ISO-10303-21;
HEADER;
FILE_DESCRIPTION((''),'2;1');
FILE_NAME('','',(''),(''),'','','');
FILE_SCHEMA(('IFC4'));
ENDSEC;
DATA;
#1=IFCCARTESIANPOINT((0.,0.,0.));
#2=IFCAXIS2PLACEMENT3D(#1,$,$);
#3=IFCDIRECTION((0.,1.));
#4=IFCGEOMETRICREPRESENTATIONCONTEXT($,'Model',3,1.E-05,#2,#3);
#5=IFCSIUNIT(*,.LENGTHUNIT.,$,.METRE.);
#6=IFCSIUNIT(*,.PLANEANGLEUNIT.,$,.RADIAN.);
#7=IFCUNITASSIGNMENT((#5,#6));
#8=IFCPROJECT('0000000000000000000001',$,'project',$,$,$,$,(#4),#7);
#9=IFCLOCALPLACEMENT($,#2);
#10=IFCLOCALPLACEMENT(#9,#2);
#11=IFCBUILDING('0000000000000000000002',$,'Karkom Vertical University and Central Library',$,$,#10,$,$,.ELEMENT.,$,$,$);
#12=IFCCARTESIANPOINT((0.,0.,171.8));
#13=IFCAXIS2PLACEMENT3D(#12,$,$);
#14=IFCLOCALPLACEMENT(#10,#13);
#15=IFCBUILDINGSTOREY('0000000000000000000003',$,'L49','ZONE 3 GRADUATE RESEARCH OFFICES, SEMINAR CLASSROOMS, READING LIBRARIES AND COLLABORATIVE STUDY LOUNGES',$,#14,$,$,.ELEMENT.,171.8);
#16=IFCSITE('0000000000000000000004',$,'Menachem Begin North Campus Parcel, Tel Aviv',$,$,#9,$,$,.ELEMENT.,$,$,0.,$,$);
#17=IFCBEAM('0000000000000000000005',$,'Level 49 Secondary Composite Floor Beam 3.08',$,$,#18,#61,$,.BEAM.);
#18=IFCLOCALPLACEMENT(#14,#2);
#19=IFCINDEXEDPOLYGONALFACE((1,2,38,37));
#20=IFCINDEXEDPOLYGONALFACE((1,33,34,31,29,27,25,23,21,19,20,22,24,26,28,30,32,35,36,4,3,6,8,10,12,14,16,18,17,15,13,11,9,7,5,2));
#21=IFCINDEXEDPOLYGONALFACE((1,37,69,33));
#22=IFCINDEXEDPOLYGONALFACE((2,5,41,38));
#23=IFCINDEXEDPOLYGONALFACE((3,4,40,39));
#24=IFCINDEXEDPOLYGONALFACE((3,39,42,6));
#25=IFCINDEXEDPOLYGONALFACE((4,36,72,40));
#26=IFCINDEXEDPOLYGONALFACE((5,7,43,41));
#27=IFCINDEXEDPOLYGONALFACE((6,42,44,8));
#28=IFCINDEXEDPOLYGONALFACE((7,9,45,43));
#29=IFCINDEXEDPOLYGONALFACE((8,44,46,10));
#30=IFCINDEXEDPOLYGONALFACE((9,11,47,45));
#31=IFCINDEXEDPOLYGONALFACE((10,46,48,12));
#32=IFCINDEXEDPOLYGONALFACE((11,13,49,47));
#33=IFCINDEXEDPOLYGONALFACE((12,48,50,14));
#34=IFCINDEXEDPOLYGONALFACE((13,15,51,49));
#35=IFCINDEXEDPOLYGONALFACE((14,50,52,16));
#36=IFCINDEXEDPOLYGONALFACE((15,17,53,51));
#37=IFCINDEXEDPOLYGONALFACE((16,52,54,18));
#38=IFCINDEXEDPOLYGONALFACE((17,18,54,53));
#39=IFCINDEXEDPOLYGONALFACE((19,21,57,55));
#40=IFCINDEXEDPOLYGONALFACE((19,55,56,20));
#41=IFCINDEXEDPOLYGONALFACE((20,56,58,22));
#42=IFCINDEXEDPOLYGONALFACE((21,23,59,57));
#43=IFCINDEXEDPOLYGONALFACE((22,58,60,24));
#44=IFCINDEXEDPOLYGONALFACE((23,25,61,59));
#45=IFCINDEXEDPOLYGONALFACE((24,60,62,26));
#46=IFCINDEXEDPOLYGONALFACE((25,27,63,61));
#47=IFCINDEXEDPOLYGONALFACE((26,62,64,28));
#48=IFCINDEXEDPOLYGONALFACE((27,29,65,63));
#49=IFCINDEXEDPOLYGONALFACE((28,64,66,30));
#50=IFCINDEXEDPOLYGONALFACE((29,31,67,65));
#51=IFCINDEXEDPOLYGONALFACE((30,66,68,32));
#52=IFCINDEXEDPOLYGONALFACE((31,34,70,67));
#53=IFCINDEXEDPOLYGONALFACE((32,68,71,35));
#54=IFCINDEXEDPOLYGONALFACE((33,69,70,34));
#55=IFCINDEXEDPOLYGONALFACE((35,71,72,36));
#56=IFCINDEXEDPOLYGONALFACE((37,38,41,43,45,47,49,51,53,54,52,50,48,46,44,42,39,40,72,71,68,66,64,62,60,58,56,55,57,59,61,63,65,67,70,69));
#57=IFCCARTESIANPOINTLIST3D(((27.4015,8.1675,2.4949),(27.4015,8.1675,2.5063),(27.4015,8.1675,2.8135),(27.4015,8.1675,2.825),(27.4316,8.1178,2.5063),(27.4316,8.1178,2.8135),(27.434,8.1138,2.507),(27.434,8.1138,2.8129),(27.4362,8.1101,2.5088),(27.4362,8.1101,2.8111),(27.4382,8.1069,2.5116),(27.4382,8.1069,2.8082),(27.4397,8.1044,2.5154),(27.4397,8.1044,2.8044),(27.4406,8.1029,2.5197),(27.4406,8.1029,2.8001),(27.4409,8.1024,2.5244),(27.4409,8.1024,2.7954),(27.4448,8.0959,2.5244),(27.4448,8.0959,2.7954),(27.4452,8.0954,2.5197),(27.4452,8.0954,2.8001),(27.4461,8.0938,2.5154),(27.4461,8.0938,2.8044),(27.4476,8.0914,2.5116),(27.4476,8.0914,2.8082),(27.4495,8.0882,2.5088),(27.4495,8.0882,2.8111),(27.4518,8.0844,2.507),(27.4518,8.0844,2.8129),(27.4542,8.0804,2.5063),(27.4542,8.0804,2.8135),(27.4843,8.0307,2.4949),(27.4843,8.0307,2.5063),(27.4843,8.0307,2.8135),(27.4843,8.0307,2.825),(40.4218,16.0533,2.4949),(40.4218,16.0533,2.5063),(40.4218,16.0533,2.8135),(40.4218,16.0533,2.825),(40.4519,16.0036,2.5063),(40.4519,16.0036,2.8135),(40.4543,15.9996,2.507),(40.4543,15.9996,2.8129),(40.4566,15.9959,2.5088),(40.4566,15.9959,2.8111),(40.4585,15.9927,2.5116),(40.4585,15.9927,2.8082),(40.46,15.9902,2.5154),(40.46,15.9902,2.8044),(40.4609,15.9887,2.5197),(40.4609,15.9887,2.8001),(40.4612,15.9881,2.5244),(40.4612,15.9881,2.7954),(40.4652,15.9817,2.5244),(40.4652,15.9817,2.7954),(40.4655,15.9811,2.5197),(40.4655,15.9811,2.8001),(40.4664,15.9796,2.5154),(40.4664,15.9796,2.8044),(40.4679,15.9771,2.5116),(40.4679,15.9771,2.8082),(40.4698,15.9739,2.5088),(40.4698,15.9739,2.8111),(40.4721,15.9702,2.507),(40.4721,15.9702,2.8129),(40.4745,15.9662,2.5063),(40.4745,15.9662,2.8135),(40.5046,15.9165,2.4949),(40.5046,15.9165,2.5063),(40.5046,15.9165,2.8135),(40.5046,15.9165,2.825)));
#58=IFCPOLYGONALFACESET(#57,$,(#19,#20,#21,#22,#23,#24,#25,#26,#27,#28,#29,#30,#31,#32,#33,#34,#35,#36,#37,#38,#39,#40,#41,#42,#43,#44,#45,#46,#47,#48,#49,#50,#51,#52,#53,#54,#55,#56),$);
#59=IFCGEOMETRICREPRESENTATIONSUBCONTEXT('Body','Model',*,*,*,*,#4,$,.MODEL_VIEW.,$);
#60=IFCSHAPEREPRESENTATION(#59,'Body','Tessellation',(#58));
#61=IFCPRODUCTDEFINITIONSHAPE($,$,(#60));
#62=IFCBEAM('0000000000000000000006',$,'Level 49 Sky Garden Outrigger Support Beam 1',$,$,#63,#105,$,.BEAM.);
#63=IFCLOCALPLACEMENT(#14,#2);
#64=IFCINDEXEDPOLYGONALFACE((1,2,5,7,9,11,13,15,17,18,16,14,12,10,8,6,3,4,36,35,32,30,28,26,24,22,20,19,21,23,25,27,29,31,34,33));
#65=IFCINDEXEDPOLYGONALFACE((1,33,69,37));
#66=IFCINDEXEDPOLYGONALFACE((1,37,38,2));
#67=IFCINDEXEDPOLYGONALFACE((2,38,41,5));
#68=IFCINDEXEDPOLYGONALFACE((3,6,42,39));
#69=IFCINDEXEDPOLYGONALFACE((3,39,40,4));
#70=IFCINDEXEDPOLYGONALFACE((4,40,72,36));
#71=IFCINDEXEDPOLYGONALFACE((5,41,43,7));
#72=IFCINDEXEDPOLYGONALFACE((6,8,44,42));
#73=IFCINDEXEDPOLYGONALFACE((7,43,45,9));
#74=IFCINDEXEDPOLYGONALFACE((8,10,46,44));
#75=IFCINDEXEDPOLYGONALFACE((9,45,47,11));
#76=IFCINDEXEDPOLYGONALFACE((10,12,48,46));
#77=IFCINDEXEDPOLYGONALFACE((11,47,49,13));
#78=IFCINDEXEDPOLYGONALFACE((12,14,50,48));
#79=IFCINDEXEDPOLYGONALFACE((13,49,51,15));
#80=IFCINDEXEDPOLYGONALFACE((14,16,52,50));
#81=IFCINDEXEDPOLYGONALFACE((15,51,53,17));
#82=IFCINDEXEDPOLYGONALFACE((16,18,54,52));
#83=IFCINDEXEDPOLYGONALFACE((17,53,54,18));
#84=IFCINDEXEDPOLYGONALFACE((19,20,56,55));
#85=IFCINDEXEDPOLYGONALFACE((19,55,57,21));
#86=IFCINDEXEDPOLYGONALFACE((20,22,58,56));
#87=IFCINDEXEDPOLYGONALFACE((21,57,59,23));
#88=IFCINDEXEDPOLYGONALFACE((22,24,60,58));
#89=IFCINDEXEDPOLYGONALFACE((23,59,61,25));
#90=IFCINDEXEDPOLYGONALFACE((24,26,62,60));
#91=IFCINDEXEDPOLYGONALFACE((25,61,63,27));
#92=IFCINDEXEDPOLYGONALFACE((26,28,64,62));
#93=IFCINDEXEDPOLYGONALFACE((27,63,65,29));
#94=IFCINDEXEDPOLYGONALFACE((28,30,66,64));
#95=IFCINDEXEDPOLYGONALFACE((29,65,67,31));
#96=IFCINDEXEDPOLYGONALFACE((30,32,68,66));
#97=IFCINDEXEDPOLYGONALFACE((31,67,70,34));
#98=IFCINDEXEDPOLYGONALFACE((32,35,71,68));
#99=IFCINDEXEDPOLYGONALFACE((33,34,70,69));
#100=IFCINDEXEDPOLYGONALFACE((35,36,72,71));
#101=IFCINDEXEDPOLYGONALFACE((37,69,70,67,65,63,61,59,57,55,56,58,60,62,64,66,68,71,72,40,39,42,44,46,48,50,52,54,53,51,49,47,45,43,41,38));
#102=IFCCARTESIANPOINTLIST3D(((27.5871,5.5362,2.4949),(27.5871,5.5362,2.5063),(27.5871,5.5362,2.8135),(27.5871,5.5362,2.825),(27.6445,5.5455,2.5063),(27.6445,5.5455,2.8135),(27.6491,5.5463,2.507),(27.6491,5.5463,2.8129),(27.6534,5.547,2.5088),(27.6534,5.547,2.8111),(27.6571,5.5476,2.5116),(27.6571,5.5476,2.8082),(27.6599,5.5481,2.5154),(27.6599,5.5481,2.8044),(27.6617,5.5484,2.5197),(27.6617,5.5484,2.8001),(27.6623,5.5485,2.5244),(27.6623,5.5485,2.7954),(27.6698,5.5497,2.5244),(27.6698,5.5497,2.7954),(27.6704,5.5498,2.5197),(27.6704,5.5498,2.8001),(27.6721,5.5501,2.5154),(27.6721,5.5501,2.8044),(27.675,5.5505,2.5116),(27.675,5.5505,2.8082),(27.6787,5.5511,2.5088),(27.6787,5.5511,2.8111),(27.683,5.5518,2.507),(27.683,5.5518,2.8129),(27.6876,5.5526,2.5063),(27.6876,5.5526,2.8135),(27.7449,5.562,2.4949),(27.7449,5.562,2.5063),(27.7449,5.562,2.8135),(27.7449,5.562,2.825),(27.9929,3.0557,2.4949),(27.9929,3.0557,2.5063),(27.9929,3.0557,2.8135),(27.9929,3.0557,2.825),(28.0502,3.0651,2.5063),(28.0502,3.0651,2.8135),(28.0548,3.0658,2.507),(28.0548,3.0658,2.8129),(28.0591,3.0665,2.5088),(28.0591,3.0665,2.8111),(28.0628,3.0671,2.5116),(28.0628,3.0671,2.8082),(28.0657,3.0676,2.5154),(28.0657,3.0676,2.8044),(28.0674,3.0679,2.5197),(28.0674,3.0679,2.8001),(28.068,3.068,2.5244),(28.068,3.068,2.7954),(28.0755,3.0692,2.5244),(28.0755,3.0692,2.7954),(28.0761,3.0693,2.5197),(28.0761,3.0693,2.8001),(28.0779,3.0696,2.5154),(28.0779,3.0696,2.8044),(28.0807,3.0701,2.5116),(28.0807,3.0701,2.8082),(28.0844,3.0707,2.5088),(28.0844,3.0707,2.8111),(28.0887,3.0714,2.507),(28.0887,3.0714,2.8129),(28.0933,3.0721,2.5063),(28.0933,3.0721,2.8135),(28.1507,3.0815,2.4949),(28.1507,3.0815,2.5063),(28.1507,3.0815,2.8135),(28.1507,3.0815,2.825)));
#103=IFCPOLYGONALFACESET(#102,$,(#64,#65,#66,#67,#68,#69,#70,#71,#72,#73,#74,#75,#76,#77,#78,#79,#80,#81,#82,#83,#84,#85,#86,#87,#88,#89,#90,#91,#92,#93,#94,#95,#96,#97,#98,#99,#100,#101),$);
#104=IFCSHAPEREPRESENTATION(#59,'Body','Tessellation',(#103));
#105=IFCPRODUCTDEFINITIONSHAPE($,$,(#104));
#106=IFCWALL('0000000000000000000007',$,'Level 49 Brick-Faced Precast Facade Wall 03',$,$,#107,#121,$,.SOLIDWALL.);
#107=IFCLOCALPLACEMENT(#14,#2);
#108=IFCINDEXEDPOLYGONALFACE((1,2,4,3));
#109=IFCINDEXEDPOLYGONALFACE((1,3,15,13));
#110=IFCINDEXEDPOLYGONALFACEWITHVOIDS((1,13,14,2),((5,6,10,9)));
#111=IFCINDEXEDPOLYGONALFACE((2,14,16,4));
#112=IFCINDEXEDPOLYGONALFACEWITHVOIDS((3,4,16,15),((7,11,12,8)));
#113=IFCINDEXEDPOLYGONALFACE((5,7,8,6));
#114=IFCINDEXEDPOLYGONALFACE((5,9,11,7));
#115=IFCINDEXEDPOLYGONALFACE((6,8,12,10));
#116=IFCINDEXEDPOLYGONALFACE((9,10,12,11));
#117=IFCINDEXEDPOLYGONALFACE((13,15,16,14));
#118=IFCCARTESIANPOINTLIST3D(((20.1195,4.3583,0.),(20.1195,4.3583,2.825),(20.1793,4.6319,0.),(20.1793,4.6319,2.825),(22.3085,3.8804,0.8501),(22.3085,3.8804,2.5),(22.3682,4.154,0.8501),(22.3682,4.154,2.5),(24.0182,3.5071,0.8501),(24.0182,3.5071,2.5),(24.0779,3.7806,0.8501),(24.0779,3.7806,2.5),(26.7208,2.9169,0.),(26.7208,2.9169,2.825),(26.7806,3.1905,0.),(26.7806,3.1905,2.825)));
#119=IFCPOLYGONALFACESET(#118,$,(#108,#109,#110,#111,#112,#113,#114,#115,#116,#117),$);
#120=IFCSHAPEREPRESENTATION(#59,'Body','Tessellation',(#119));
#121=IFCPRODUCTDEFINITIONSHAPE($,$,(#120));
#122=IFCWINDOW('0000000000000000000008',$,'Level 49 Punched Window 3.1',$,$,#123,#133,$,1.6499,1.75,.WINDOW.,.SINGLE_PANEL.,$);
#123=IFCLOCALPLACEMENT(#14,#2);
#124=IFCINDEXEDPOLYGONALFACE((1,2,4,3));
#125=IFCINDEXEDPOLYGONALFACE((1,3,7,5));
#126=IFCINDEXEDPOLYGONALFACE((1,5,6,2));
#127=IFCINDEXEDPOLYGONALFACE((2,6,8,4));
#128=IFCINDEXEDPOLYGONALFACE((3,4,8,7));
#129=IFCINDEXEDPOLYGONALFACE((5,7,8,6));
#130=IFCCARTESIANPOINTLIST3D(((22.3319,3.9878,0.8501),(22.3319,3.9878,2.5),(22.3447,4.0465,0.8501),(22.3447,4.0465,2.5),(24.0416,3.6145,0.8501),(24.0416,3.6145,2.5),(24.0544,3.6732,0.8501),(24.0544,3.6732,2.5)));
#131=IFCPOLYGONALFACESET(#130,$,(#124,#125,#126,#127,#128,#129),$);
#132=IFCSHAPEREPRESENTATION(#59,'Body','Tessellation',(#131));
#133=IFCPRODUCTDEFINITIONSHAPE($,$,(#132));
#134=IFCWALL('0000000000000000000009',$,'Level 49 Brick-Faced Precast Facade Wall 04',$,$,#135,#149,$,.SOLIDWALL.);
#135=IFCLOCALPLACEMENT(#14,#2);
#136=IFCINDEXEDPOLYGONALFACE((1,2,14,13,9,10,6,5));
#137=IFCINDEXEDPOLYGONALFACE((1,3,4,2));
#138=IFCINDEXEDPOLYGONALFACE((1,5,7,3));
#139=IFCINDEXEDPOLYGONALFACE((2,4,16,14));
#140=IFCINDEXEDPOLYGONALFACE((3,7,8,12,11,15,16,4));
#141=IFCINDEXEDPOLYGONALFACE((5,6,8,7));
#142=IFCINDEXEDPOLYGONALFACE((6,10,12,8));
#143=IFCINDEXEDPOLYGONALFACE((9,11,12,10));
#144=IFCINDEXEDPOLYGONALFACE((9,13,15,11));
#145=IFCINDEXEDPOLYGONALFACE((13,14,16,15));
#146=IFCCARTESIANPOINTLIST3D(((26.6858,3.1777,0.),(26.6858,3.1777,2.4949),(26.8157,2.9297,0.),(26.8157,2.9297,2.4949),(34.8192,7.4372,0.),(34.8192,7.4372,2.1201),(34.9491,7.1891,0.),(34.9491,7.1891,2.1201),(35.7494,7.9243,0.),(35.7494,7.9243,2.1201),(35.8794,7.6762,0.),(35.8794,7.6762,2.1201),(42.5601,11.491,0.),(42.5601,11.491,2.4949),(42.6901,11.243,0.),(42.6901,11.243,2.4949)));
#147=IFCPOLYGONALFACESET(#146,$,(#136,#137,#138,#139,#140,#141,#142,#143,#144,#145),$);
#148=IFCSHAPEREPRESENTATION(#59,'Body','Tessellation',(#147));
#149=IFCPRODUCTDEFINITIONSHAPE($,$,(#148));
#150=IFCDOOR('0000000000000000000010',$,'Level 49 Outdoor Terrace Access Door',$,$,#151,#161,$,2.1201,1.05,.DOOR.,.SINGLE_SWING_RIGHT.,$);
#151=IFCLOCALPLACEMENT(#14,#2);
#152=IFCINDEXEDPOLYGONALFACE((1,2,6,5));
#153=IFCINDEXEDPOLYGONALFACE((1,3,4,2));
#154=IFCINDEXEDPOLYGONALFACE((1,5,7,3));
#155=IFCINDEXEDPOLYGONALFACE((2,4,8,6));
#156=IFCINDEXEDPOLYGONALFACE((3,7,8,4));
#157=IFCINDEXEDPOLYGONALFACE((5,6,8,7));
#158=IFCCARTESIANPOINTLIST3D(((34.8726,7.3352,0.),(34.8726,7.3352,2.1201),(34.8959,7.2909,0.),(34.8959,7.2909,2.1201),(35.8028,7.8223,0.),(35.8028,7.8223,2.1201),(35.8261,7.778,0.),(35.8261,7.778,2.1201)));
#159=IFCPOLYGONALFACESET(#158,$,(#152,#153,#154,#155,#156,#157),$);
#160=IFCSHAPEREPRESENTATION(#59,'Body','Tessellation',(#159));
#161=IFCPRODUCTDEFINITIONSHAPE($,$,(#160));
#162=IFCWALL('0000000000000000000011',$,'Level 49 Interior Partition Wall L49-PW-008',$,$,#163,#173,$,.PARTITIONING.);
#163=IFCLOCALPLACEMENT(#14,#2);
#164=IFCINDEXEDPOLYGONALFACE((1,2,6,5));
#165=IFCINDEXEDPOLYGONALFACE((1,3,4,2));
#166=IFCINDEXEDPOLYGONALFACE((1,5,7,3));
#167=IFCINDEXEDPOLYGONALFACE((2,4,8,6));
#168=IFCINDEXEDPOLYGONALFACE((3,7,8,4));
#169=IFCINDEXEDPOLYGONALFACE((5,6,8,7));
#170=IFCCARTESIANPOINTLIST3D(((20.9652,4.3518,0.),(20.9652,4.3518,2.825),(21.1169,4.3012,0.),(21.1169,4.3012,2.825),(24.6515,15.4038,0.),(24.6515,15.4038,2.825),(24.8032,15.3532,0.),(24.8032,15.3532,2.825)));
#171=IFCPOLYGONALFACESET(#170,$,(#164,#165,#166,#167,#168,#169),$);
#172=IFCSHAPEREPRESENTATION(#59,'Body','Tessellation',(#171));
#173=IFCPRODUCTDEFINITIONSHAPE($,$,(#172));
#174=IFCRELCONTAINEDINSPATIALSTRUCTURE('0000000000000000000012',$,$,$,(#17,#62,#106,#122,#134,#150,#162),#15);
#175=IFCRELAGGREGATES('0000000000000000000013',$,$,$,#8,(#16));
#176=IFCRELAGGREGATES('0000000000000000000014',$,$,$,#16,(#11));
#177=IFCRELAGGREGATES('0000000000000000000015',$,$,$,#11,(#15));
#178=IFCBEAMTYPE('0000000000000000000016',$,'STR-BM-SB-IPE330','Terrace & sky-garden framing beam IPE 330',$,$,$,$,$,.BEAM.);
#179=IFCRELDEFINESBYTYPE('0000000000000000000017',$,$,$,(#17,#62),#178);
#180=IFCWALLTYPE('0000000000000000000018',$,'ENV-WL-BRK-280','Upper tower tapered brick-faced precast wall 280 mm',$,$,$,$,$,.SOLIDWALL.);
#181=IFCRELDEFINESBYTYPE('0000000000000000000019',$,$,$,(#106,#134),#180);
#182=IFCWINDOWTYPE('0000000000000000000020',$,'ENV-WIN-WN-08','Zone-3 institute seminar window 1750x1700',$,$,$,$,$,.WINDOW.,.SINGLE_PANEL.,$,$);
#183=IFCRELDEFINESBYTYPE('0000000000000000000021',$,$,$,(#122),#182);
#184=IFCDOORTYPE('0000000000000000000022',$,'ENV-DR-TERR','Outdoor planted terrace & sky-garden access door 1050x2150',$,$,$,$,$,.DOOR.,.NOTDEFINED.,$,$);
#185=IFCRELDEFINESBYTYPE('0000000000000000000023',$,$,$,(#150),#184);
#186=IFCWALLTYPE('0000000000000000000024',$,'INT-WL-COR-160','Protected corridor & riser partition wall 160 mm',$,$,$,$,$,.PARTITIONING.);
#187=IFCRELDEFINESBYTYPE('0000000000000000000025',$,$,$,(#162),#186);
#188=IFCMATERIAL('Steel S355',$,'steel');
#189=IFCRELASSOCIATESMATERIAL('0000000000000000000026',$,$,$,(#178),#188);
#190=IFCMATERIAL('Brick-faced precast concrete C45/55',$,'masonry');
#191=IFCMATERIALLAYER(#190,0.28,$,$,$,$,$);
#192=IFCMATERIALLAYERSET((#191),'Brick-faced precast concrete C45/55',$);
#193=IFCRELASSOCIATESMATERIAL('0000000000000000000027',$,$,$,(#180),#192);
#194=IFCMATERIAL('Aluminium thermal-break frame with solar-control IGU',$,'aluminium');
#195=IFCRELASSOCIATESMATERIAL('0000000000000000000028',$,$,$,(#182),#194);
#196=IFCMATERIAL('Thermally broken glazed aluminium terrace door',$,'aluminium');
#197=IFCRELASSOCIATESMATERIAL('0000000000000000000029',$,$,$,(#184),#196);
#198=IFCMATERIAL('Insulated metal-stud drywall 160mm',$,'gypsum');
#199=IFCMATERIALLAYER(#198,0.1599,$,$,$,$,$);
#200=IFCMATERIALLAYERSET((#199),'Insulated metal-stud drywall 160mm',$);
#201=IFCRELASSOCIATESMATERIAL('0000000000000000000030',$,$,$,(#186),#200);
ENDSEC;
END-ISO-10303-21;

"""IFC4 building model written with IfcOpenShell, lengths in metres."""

from ifc_helpers import new_model, si_unit, direction, frame, frame_2d, origin, origin_with_axes, origin_2d, place, context, subcontext, project, spatial, rectangle, i_section, extrude, source, transform, mapped, material, layer, layer_set, material_profile, profile_set, type_object, element, fill, save


model = new_model("IFC4")

# Units and contexts
model_context = context("Model", 3, precision=1e-05, world=origin(), true_north=direction((0.0, 1.0)))
body_context = subcontext(model_context, "Body", "Model", "MODEL_VIEW")
ifc_project = project(units=[si_unit("LENGTHUNIT", "METRE"), si_unit("PLANEANGLEUNIT", "RADIAN")], contexts=[model_context])

# Site, building, storey
site_placement = place(None, origin())
site = spatial("IfcSite", under=ifc_project, at=site_placement, Name="Menachem Begin North Campus Parcel, Tel Aviv", CompositionType="ELEMENT", RefElevation=0.0)
building_placement = place(site_placement, origin())
building = spatial("IfcBuilding", under=site, at=building_placement, Name="Karkom Vertical University and Central Library", CompositionType="ELEMENT")
storey_placement = place(building_placement, frame((0.0, 0.0, 171.8)))
storey = spatial("IfcBuildingStorey", under=building, at=storey_placement, Name="L49", Description="ZONE 3 GRADUATE RESEARCH OFFICES, SEMINAR CLASSROOMS, READING LIBRARIES AND COLLABORATIVE STUDY LOUNGES", CompositionType="ELEMENT", Elevation=171.8)

# Beams
ifc_material_1 = material(Name="Steel S355", Category="steel")
ifc_material_profile_1 = material_profile(ifc_material_1, i_section(OverallWidth=0.1599, OverallDepth=0.3301, WebThickness=0.0076, FlangeThickness=0.0115, FilletRadius=0.0181, at=origin_2d()), Name="IPE 330")
ifc_profile_set_1 = profile_set([ifc_material_profile_1], Name="Steel S355")
beam_type_1 = type_object("IfcBeamType", Name="STR-BM-SB-IPE330", Description="Terrace & sky-garden framing beam IPE 330", PredefinedType="BEAM", material=ifc_profile_set_1)
shared_shape_1 = source(origin_with_axes(), body_context, "Body", "SweptSolid", [
    extrude(i_section(OverallWidth=0.1599, OverallDepth=0.3301, WebThickness=0.0076, FlangeThickness=0.0115, FilletRadius=0.0181, at=origin_2d()), origin(), (0.0, 0.0, 1.0), 15.2222),
])
beam_1_placement = place(storey_placement, frame((27.4429, 8.0991, 2.6599), z_axis=(0.855353, 0.518046, 0.0), x_axis=(-0.518046, 0.855353, 0.0)))
element("IfcBeam", 1, at=beam_1_placement, inside=storey, type_object=beam_type_1, Name="Level 49 Secondary Composite Floor Beam 3.08", PredefinedType="BEAM", context=body_context, shape_type="MappedRepresentation", body=[
    mapped(shared_shape_1, transform((0.0, 0.0, 0.0), scale=1.0)),
])
shared_shape_2 = source(origin_with_axes(), body_context, "Body", "SweptSolid", [
    extrude(i_section(OverallWidth=0.1599, OverallDepth=0.3301, WebThickness=0.0076, FlangeThickness=0.0115, FilletRadius=0.0181, at=origin_2d()), origin(), (0.0, 0.0, 1.0), 2.5134),
])
beam_2_placement = place(storey_placement, frame((27.666, 5.5491, 2.6599), z_axis=(0.161437, -0.986883, 0.0), x_axis=(0.986883, 0.161437, 0.0)))
element("IfcBeam", 2, at=beam_2_placement, inside=storey, type_object=beam_type_1, Name="Level 49 Sky Garden Outrigger Support Beam 1", PredefinedType="BEAM", context=body_context, shape_type="MappedRepresentation", body=[
    mapped(shared_shape_2, transform((0.0, 0.0, 0.0), scale=1.0)),
])

# Wall, opening, window
ifc_material_2 = material(Name="Brick-faced precast concrete C45/55", Category="masonry")
ifc_layer_1 = layer(ifc_material_2, 0.28)
ifc_layer_set_1 = layer_set([ifc_layer_1], Name="Brick-faced precast concrete C45/55")
wall_type_1 = type_object("IfcWallType", Name="ENV-WL-BRK-280", Description="Upper tower tapered brick-faced precast wall 280 mm", PredefinedType="SOLIDWALL", material=ifc_layer_set_1)
wall_1_placement = place(storey_placement, frame((20.1494, 4.4951, 0.0), z_axis=(0.0, 0.0, 1.0), x_axis=(0.976981, -0.213325, 0.0)))
wall_1 = element("IfcWall", 3, at=wall_1_placement, inside=storey, type_object=wall_type_1, Name="Level 49 Brick-Faced Precast Facade Wall 03", PredefinedType="SOLIDWALL", context=body_context, shape_type="SweptSolid", body=[
    extrude(rectangle(XDim=6.7568, YDim=0.28, at=frame_2d((3.3784, 0.0))), origin(), (0.0, 0.0, 1.0), 2.825),
])
opening_1_placement = place(wall_1_placement, frame((2.2405, 0.0, 0.8501)))
opening_1 = element("IfcOpeningElement", 4, at=opening_1_placement, cuts=wall_1, PredefinedType="OPENING", context=body_context, shape_type="SweptSolid", body=[
    extrude(rectangle(XDim=1.75, YDim=1.6499, at=frame_2d((0.875, 0.825))), frame((0.0, 0.1499, 0.0), z_axis=(0.0, -1.0, 0.0), x_axis=(1.0, 0.0, 0.0)), (0.0, 0.0, 1.0), 0.3),
])
ifc_material_3 = material(Name="Aluminium thermal-break frame with solar-control IGU", Category="aluminium")
window_type = type_object("IfcWindowType", Name="ENV-WIN-WN-08", Description="Zone-3 institute seminar window 1750x1700", PartitioningType="SINGLE_PANEL", PredefinedType="WINDOW", material=ifc_material_3)
shared_shape_3 = source(origin_with_axes(), body_context, "Body", "SweptSolid", [
    extrude(rectangle(XDim=1.75, YDim=1.6499, at=frame_2d((0.875, 0.825))), frame((0.0, 0.03, 0.0), z_axis=(0.0, -1.0, 0.0), x_axis=(1.0, 0.0, 0.0)), (0.0, 0.0, 1.0), 0.0601),
])
window_placement = place(opening_1_placement, origin())
window = element("IfcWindow", 5, at=window_placement, inside=storey, type_object=window_type, Name="Level 49 Punched Window 3.1", OverallHeight=1.6499, OverallWidth=1.75, PartitioningType="SINGLE_PANEL", PredefinedType="WINDOW", context=body_context, shape_type="MappedRepresentation", body=[
    mapped(shared_shape_3, transform((0.0, 0.0, 0.0), scale=1.0)),
])
fill(opening_1, window)

# Wall, opening, door
wall_2_placement = place(storey_placement, frame((26.7507, 3.0537, 0.0), z_axis=(0.0, 0.0, 1.0), x_axis=(0.885874, 0.463926, 0.0)))
wall_2 = element("IfcWall", 6, at=wall_2_placement, inside=storey, type_object=wall_type_1, Name="Level 49 Brick-Faced Precast Facade Wall 04", PredefinedType="SOLIDWALL", context=body_context, shape_type="SweptSolid", body=[
    extrude(rectangle(XDim=17.9194, YDim=0.28, at=frame_2d((8.9597, 0.0))), origin(), (0.0, 0.0, 1.0), 2.4949),
])
opening_2_placement = place(wall_2_placement, frame((9.1814, 0.0, 0.0)))
opening_2 = element("IfcOpeningElement", 7, at=opening_2_placement, cuts=wall_2, PredefinedType="OPENING", context=body_context, shape_type="SweptSolid", body=[
    extrude(rectangle(XDim=1.05, YDim=2.1201, at=frame_2d((0.5249, 1.0601))), frame((0.0, 0.1499, 0.0), z_axis=(0.0, -1.0, 0.0), x_axis=(1.0, 0.0, 0.0)), (0.0, 0.0, 1.0), 0.3),
])
ifc_material_4 = material(Name="Thermally broken glazed aluminium terrace door", Category="aluminium")
door_type_1 = type_object("IfcDoorType", Name="ENV-DR-TERR", Description="Outdoor planted terrace & sky-garden access door 1050x2150", OperationType="NOTDEFINED", PredefinedType="DOOR", material=ifc_material_4)
shared_shape_4 = source(origin_with_axes(), body_context, "Body", "SweptSolid", [
    extrude(rectangle(XDim=1.05, YDim=2.1201, at=frame_2d((0.5249, 1.0601))), frame((0.0, 0.0249, 0.0), z_axis=(0.0, -1.0, 0.0), x_axis=(1.0, 0.0, 0.0)), (0.0, 0.0, 1.0), 0.05),
])
door_1_placement = place(opening_2_placement, origin())
door_1 = element("IfcDoor", 8, at=door_1_placement, inside=storey, type_object=door_type_1, Name="Level 49 Outdoor Terrace Access Door", OperationType="SINGLE_SWING_RIGHT", OverallHeight=2.1201, OverallWidth=1.05, PredefinedType="DOOR", context=body_context, shape_type="MappedRepresentation", body=[
    mapped(shared_shape_4, transform((0.0, 0.0, 0.0), scale=1.0)),
])
fill(opening_2, door_1)

# Wall
ifc_material_5 = material(Name="Insulated metal-stud drywall 160mm", Category="gypsum")
ifc_layer_2 = layer(ifc_material_5, 0.1599)
ifc_layer_set_2 = layer_set([ifc_layer_2], Name="Insulated metal-stud drywall 160mm")
wall_type_2 = type_object("IfcWallType", Name="INT-WL-COR-160", Description="Protected corridor & riser partition wall 160 mm", PredefinedType="PARTITIONING", material=ifc_layer_set_2)
wall_3_placement = place(storey_placement, frame((24.7273, 15.3784, 0.0), z_axis=(0.0, 0.0, 1.0), x_axis=(-0.316404, -0.948625, 0.0)))
element("IfcWall", 9, at=wall_3_placement, inside=storey, type_object=wall_type_2, Name="Level 49 Interior Partition Wall L49-PW-008", PredefinedType="PARTITIONING", context=body_context, shape_type="SweptSolid", body=[
    extrude(rectangle(XDim=11.6506, YDim=0.1599, at=frame_2d((5.8252, 0.0))), origin(), (0.0, 0.0, 1.0), 2.825),
])

save(model, "model.ifc")
